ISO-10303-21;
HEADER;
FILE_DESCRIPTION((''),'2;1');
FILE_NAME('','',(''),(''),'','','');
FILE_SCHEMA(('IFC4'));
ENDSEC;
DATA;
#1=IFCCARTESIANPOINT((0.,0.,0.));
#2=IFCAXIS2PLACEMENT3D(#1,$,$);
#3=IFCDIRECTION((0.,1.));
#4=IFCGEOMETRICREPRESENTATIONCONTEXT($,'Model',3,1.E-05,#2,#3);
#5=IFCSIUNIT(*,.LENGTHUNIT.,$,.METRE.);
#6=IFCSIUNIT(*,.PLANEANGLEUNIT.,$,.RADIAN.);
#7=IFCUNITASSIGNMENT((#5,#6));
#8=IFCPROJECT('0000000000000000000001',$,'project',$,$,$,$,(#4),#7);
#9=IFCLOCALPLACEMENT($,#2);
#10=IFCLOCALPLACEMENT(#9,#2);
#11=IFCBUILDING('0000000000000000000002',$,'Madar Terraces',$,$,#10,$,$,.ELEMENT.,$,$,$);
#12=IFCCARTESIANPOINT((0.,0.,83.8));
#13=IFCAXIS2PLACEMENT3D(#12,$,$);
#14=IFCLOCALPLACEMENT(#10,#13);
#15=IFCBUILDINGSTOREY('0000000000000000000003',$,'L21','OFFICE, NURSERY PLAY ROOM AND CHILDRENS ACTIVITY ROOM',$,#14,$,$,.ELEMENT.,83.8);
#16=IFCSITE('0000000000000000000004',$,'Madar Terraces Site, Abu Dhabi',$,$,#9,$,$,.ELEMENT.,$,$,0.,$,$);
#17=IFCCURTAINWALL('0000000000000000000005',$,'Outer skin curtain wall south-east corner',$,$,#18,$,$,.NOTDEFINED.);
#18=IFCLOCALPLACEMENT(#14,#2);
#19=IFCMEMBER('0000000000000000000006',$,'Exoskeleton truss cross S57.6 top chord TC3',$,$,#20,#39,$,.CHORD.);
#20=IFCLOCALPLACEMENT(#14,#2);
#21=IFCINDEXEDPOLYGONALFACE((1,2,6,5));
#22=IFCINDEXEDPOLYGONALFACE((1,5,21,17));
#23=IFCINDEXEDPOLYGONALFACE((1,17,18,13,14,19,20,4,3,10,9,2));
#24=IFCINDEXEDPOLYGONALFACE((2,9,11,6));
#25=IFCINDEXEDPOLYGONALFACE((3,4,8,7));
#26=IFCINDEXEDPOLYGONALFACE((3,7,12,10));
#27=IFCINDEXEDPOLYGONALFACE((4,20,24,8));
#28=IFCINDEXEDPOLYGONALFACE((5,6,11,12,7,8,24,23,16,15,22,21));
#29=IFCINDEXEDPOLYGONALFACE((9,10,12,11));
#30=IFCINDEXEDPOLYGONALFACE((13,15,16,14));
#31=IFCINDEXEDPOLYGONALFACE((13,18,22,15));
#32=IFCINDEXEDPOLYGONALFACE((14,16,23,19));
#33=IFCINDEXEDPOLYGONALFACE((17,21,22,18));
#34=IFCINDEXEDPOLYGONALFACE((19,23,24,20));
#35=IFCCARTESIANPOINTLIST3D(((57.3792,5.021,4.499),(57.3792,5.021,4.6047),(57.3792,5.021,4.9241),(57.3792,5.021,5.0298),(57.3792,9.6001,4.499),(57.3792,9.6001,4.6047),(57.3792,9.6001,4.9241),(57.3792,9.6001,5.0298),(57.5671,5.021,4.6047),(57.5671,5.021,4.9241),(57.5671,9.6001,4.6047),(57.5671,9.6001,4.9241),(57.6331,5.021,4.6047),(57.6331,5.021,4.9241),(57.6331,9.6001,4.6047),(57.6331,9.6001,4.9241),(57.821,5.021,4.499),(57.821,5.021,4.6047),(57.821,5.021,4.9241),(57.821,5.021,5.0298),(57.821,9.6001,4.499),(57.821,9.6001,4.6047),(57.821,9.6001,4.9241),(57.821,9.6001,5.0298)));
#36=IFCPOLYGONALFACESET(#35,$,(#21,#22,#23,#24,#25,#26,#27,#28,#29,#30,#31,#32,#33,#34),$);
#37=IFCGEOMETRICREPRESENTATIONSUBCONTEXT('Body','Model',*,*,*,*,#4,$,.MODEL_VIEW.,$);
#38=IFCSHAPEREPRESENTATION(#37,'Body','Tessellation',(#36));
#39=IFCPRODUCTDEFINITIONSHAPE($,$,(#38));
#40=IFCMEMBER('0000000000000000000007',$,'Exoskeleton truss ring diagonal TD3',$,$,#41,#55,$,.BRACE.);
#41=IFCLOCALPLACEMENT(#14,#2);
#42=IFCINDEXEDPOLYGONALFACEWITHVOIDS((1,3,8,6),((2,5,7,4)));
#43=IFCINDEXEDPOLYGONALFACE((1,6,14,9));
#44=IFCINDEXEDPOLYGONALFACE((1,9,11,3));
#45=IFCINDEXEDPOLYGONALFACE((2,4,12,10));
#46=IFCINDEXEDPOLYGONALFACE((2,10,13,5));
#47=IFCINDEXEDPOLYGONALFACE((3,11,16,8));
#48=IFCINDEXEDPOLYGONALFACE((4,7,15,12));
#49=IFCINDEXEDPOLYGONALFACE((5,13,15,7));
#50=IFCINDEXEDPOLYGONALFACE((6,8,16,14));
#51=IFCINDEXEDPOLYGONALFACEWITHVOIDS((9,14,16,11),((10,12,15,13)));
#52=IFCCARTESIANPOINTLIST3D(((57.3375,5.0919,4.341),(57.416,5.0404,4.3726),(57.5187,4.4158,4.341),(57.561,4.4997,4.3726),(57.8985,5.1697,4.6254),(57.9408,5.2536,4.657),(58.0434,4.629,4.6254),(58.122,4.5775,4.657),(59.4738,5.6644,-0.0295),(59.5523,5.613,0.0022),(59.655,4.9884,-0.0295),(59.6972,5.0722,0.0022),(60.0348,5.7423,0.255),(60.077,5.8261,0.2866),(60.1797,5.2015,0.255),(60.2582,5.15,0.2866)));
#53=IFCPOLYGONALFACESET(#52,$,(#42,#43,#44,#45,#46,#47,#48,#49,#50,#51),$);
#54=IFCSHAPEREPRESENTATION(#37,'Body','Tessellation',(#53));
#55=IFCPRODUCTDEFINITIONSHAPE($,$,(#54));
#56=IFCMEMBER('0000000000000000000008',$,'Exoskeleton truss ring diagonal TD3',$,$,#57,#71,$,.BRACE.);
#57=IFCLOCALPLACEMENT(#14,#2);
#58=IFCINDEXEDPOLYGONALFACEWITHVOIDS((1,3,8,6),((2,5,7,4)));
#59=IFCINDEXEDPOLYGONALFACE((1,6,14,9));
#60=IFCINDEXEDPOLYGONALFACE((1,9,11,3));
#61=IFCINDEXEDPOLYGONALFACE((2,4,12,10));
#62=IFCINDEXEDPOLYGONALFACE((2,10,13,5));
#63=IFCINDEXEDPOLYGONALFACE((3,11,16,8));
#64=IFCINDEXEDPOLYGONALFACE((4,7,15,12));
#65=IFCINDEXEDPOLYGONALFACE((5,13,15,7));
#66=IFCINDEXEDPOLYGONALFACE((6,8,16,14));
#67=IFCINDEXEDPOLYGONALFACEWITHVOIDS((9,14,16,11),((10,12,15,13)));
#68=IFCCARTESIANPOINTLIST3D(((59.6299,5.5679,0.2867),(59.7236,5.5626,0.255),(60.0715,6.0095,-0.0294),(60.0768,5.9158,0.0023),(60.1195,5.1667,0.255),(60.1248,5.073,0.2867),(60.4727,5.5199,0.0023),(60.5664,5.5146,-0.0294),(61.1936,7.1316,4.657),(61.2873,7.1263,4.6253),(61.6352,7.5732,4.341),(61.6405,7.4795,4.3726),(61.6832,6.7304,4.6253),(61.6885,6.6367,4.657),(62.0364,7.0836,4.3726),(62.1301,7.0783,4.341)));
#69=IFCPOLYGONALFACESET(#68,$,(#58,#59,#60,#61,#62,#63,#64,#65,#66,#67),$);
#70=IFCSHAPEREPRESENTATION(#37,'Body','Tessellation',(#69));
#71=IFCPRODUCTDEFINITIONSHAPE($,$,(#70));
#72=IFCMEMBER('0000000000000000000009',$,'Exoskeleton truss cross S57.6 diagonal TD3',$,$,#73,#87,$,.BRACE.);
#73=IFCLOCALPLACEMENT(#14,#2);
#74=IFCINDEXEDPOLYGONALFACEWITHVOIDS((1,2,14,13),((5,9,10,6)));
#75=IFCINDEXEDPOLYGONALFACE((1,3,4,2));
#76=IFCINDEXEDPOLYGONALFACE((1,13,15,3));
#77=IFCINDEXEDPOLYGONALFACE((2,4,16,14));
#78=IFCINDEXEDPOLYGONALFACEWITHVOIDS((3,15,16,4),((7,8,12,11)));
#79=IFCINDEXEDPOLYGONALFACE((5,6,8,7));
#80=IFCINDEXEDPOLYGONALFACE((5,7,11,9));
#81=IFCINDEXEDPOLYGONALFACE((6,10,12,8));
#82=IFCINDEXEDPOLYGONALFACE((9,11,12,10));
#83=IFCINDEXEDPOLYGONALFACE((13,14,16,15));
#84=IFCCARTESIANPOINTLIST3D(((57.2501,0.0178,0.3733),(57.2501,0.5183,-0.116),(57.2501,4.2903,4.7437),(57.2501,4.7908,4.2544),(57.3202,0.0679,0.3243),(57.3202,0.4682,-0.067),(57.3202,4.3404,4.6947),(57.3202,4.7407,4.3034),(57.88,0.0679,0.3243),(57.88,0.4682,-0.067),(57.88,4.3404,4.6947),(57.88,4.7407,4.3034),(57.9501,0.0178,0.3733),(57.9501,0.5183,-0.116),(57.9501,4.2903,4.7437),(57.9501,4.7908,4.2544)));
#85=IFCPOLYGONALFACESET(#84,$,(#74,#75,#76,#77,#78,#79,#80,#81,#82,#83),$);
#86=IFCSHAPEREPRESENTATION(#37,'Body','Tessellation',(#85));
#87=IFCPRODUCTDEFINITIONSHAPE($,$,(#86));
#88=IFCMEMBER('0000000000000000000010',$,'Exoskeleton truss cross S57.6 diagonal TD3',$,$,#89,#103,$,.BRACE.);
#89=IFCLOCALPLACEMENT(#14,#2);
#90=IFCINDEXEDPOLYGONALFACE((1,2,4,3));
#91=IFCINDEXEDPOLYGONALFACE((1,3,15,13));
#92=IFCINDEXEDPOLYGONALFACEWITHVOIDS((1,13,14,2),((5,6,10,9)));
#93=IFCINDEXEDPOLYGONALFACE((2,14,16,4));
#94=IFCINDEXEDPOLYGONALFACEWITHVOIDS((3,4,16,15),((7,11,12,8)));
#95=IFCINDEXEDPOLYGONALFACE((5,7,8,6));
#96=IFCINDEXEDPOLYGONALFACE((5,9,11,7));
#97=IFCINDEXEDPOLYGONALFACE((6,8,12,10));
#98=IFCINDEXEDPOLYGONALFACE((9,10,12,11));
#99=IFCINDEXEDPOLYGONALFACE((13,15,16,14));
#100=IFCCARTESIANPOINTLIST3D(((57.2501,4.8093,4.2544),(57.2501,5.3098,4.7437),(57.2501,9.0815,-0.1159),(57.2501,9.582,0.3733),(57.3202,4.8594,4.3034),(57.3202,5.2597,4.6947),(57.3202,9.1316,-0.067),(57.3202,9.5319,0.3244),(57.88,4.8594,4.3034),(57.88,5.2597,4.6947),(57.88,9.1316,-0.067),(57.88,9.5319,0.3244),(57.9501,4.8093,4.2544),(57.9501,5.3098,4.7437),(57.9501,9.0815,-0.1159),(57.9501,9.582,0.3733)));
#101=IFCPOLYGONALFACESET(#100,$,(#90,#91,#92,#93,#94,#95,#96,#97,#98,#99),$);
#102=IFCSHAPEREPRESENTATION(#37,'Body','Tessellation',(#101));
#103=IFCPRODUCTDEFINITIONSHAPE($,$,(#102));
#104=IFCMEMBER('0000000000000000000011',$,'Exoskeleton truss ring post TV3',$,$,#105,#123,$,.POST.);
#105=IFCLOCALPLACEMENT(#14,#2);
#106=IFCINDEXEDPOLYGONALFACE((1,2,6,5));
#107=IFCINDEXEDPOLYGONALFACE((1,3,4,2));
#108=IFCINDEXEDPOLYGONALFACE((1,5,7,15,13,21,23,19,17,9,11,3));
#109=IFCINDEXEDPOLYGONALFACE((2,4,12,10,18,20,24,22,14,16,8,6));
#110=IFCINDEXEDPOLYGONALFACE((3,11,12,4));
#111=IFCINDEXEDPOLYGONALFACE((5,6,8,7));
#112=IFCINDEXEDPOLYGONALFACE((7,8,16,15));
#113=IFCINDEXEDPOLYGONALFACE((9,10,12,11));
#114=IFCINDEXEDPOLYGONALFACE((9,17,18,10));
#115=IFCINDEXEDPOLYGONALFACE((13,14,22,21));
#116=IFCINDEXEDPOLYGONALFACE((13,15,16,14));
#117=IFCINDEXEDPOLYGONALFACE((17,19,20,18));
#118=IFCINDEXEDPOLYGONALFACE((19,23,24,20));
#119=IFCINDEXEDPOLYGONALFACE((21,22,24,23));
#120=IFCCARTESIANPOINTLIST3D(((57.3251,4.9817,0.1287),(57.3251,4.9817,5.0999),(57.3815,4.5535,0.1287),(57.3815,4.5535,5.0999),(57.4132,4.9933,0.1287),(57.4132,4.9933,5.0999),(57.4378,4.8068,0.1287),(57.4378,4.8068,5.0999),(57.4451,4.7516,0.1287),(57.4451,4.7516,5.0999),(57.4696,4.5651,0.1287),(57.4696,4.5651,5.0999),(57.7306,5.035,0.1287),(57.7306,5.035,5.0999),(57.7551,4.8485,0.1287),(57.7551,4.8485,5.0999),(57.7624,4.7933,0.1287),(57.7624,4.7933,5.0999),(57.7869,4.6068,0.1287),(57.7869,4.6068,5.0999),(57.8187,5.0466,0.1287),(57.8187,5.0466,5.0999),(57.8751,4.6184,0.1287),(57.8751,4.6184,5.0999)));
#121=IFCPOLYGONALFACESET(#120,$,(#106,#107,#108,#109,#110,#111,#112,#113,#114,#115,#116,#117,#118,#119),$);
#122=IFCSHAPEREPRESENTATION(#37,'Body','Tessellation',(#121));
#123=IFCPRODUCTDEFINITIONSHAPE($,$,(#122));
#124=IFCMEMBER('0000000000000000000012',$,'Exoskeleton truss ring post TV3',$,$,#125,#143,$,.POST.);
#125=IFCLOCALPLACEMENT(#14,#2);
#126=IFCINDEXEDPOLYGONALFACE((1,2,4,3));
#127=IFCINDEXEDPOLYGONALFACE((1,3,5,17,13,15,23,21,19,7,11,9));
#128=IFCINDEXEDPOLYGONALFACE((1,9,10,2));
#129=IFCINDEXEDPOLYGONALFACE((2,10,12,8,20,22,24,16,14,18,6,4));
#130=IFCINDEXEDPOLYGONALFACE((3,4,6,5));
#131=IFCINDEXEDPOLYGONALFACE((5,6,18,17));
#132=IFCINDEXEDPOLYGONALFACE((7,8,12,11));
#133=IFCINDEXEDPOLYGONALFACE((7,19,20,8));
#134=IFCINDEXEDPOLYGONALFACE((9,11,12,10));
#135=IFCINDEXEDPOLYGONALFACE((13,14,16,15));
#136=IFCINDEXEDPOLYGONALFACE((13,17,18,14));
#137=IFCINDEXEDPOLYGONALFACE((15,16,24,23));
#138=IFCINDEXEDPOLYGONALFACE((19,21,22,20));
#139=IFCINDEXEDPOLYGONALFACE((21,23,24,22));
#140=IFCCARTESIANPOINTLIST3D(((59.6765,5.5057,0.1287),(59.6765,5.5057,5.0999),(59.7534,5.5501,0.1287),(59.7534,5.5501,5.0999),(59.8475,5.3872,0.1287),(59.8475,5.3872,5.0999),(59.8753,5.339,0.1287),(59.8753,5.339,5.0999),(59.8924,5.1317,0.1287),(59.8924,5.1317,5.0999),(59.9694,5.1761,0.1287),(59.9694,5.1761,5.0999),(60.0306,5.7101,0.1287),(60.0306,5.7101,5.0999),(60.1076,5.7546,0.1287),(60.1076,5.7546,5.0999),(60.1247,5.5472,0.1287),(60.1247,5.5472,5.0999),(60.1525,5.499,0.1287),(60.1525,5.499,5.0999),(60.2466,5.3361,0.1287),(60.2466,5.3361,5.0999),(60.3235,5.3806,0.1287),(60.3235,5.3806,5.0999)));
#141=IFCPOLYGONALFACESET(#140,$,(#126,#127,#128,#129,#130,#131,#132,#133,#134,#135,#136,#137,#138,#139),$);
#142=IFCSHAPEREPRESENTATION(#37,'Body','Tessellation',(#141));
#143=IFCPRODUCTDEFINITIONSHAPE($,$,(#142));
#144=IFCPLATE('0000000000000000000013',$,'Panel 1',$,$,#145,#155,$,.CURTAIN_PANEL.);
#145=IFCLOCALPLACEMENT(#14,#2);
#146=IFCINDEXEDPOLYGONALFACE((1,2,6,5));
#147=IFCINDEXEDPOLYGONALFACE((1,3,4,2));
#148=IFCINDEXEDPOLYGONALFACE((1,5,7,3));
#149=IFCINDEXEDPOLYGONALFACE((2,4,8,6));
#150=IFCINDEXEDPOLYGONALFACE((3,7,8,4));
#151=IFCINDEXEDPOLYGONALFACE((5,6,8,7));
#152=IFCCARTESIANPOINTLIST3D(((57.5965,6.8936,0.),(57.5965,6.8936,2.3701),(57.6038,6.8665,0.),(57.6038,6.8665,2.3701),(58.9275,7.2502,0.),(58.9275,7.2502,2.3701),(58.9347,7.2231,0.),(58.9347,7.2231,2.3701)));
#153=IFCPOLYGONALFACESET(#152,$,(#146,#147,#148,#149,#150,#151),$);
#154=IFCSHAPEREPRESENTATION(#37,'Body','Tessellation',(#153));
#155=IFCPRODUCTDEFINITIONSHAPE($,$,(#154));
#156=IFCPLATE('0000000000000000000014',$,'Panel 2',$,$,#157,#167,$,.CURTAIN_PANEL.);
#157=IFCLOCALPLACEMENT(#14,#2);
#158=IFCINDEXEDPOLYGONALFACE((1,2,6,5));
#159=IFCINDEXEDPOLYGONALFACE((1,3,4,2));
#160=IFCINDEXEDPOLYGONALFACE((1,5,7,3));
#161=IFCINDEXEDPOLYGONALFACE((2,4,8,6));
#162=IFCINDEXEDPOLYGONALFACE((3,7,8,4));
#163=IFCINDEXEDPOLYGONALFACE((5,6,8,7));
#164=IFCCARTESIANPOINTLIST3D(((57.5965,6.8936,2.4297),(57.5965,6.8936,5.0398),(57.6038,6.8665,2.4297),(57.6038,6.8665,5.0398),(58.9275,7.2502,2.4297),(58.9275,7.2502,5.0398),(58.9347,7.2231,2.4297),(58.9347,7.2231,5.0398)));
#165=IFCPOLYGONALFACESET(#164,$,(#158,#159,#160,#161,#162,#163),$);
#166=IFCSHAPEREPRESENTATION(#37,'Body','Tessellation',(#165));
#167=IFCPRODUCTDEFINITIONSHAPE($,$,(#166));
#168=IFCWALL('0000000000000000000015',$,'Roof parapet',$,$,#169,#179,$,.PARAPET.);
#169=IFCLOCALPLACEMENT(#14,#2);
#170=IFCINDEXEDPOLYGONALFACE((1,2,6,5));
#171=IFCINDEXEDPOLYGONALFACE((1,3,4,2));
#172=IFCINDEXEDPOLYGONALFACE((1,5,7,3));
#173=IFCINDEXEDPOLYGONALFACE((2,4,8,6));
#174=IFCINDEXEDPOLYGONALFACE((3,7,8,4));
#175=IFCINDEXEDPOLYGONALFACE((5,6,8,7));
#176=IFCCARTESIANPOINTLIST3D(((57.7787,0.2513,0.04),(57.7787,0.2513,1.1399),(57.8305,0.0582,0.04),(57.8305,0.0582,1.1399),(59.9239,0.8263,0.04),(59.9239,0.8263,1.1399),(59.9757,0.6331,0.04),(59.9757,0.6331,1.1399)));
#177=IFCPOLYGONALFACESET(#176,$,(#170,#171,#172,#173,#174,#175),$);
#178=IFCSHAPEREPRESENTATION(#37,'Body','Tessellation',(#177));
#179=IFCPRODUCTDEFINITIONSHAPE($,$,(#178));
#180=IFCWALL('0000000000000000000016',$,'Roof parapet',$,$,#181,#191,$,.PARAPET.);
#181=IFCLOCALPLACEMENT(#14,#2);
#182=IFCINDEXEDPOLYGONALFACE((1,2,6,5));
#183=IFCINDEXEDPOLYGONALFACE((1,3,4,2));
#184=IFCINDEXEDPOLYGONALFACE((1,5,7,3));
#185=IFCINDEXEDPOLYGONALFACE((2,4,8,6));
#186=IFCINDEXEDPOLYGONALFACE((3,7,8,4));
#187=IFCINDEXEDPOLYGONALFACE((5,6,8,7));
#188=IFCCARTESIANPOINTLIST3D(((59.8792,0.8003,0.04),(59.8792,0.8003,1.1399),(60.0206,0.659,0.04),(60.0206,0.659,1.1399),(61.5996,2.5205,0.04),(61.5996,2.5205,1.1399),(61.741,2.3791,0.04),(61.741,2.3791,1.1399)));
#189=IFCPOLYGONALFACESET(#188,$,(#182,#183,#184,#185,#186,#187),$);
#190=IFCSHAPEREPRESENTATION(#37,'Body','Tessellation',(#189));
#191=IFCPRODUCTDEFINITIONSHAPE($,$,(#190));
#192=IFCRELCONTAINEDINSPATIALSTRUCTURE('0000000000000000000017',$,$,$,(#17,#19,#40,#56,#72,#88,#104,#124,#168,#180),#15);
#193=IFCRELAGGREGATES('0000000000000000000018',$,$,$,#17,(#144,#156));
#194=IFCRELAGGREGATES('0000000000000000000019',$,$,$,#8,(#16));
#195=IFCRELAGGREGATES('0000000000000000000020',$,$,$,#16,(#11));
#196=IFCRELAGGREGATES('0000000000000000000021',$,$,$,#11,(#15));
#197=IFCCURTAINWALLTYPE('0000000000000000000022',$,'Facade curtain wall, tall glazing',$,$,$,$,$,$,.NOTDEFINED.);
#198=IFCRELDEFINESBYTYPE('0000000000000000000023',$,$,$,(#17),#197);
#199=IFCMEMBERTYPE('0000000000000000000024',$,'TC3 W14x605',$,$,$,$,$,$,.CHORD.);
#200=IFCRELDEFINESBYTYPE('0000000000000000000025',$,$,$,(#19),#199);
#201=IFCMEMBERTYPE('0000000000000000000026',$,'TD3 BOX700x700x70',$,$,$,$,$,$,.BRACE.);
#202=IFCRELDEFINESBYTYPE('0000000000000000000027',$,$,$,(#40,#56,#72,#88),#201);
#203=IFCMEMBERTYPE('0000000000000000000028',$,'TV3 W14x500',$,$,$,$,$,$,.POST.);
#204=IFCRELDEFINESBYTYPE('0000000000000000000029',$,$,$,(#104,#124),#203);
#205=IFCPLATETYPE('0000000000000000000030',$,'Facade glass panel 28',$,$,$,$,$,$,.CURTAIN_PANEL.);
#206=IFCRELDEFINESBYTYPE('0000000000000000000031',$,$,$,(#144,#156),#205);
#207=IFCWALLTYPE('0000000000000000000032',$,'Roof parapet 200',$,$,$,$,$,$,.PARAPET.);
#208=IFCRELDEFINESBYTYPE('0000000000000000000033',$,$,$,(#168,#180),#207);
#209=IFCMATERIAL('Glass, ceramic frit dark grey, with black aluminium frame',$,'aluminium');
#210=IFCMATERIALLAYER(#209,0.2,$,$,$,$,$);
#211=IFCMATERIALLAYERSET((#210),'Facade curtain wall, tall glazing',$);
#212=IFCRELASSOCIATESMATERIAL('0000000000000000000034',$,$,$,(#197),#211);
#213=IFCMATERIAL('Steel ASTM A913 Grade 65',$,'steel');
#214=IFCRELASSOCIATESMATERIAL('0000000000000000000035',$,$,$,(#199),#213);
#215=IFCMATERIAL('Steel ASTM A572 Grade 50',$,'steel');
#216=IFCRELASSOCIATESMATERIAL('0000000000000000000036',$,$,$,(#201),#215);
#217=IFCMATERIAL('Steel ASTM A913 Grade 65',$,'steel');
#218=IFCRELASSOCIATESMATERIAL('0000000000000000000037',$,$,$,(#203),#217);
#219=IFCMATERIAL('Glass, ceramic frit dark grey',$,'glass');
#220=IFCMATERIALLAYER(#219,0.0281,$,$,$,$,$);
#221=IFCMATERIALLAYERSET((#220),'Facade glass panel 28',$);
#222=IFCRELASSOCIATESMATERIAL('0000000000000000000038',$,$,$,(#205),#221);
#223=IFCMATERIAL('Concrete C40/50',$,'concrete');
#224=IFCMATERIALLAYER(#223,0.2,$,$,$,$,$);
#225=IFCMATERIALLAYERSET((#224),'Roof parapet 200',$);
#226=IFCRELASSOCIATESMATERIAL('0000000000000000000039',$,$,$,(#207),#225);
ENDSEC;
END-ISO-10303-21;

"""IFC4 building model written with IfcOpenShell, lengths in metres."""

from ifc_helpers import new_model, si_unit, direction, frame, frame_2d, origin, origin_2d, place, context, subcontext, project, spatial, rectangle, hollow_rectangle, i_section, extrude, material, layer, layer_set, material_profile, profile_set, type_object, element, aggregate, save


model = new_model("IFC4")

# Units and contexts
model_context = context("Model", 3, precision=1e-05, world=origin(), true_north=direction((0.0, 1.0)))
body_context = subcontext(model_context, "Body", "Model", "MODEL_VIEW")
ifc_project = project(units=[si_unit("LENGTHUNIT", "METRE"), si_unit("PLANEANGLEUNIT", "RADIAN")], contexts=[model_context])

# Site, building, storey
site_placement = place(None, origin())
site = spatial("IfcSite", under=ifc_project, at=site_placement, Name="Madar Terraces Site, Abu Dhabi", CompositionType="ELEMENT", RefElevation=0.0)
building_placement = place(site_placement, origin())
building = spatial("IfcBuilding", under=site, at=building_placement, Name="Madar Terraces", CompositionType="ELEMENT")
storey_placement = place(building_placement, frame((0.0, 0.0, 83.8)))
storey = spatial("IfcBuildingStorey", under=building, at=storey_placement, Name="L21", Description="OFFICE, NURSERY PLAY ROOM AND CHILDRENS ACTIVITY ROOM", CompositionType="ELEMENT", Elevation=83.8)

# Curtain wall
ifc_material_1 = material(Name="Glass, ceramic frit dark grey, with black aluminium frame", Category="aluminium")
ifc_layer_1 = layer(ifc_material_1, 0.2)
ifc_layer_set_1 = layer_set([ifc_layer_1], Name="Facade curtain wall, tall glazing")
curtain_wall_type = type_object("IfcCurtainWallType", Name="Facade curtain wall, tall glazing", PredefinedType="NOTDEFINED", material=ifc_layer_set_1)
curtain_wall_placement = place(storey_placement, origin())
curtain_wall = element("IfcCurtainWall", 1, at=curtain_wall_placement, inside=storey, type_object=curtain_wall_type, Name="Outer skin curtain wall south-east corner", PredefinedType="NOTDEFINED")

# Members
ifc_material_2 = material(Name="Steel ASTM A913 Grade 65", Category="steel")
ifc_material_profile_1 = material_profile(ifc_material_2, i_section(OverallWidth=0.4419, OverallDepth=0.5308, WebThickness=0.0659, FlangeThickness=0.1057, at=origin_2d()), Name="W14x605")
ifc_profile_set_1 = profile_set([ifc_material_profile_1], Name="Steel ASTM A913 Grade 65")
member_type_1 = type_object("IfcMemberType", Name="TC3 W14x605", PredefinedType="CHORD", material=ifc_profile_set_1)
member_1_placement = place(storey_placement, frame((57.6001, 5.021, 4.7644), z_axis=(0.0, 1.0, 0.0), x_axis=(-1.0, 0.0, 0.0)))
element("IfcMember", 2, at=member_1_placement, inside=storey, type_object=member_type_1, Name="Exoskeleton truss cross S57.6 top chord TC3", PredefinedType="CHORD", context=body_context, shape_type="SweptSolid", body=[
    extrude(i_section(OverallWidth=0.4419, OverallDepth=0.5308, WebThickness=0.0659, FlangeThickness=0.1057, at=origin_2d()), origin(), (0.0, 0.0, 1.0), 4.5791),
])
ifc_material_3 = material(Name="Steel ASTM A572 Grade 50", Category="steel")
ifc_material_profile_2 = material_profile(ifc_material_3, hollow_rectangle(XDim=0.7, YDim=0.7, WallThickness=0.0701, at=origin_2d()), Name="BOX700x700x70")
ifc_profile_set_2 = profile_set([ifc_material_profile_2], Name="Steel ASTM A572 Grade 50")
member_type_2 = type_object("IfcMemberType", Name="TD3 BOX700x700x70", PredefinedType="BRACE", material=ifc_profile_set_2)
member_2_placement = place(storey_placement, frame((57.7297, 4.8347, 4.499), z_axis=(0.436135, 0.116884, -0.892258), x_axis=(-0.258865, 0.965914, 0.0)))
element("IfcMember", 3, at=member_2_placement, inside=storey, type_object=member_type_2, Name="Exoskeleton truss ring diagonal TD3", PredefinedType="BRACE", context=body_context, shape_type="SweptSolid", body=[
    extrude(hollow_rectangle(XDim=0.7, YDim=0.7, WallThickness=0.0701, at=origin_2d()), origin(), (0.0, 0.0, 1.0), 4.8982),
])
member_3_placement = place(storey_placement, frame((60.0981, 5.5413, 0.1287), z_axis=(0.319256, 0.319256, 0.892273), x_axis=(-0.707107, 0.707107, 0.0)))
element("IfcMember", 4, at=member_3_placement, inside=storey, type_object=member_type_2, Name="Exoskeleton truss ring diagonal TD3", PredefinedType="BRACE", context=body_context, shape_type="SweptSolid", body=[
    extrude(hollow_rectangle(XDim=0.7, YDim=0.7, WallThickness=0.0701, at=origin_2d()), origin(), (0.0, 0.0, 1.0), 4.8979),
])
member_4_placement = place(storey_placement, frame((57.6001, 0.2681, 0.1287), z_axis=(0.0, 0.699052, 0.715071), x_axis=(-1.0, 0.0, 0.0)))
element("IfcMember", 5, at=member_4_placement, inside=storey, type_object=member_type_2, Name="Exoskeleton truss cross S57.6 diagonal TD3", PredefinedType="BRACE", context=body_context, shape_type="SweptSolid", body=[
    extrude(hollow_rectangle(XDim=0.7, YDim=0.7, WallThickness=0.0701, at=origin_2d()), origin(), (0.0, 0.0, 1.0), 6.1118),
])
member_5_placement = place(storey_placement, frame((57.6001, 5.0596, 4.499), z_axis=(0.0, 0.699032, -0.715091), x_axis=(-1.0, 0.0, 0.0)))
element("IfcMember", 6, at=member_5_placement, inside=storey, type_object=member_type_2, Name="Exoskeleton truss cross S57.6 diagonal TD3", PredefinedType="BRACE", context=body_context, shape_type="SweptSolid", body=[
    extrude(hollow_rectangle(XDim=0.7, YDim=0.7, WallThickness=0.0701, at=origin_2d()), origin(), (0.0, 0.0, 1.0), 6.1116),
])
ifc_material_4 = material(Name="Steel ASTM A913 Grade 65", Category="steel")
ifc_material_profile_3 = material_profile(ifc_material_4, i_section(OverallWidth=0.4319, OverallDepth=0.4978, WebThickness=0.0557, FlangeThickness=0.0889, at=origin_2d()), Name="W14x500")
ifc_profile_set_3 = profile_set([ifc_material_profile_3], Name="Steel ASTM A913 Grade 65")
member_type_3 = type_object("IfcMemberType", Name="TV3 W14x500", PredefinedType="POST", material=ifc_profile_set_3)
for number, where, z_axis, x_axis, name in (
    (7, (57.6001, 4.8, 0.1287), (0.0, 0.0, 1.0), (-0.130526, 0.991445, 0.0), "Exoskeleton truss ring post TV3"),
    (8, (60.0, 5.4431, 0.1287), (0.0, 0.0, 1.0), (-0.5, 0.866025, 0.0), "Exoskeleton truss ring post TV3"),
):
    element("IfcMember", number, at=place(storey_placement, frame(where, z_axis=z_axis, x_axis=x_axis)), inside=storey, type_object=member_type_3, Name=name, PredefinedType="POST", context=body_context, shape_type="SweptSolid", body=[
        extrude(i_section(OverallWidth=0.4319, OverallDepth=0.4978, WebThickness=0.0557, FlangeThickness=0.0889, at=origin_2d()), origin(), (0.0, 0.0, 1.0), 4.9712),
    ])

# Plates
ifc_material_5 = material(Name="Glass, ceramic frit dark grey", Category="glass")
ifc_layer_2 = layer(ifc_material_5, 0.0281)
ifc_layer_set_2 = layer_set([ifc_layer_2], Name="Facade glass panel 28")
plate_type = type_object("IfcPlateType", Name="Facade glass panel 28", PredefinedType="CURTAIN_PANEL", material=ifc_layer_set_2)
plate_1_placement = place(storey_placement, frame((58.2656, 7.0583, 0.0), z_axis=(0.0, 0.0, 1.0), x_axis=(0.965926, 0.258819, 0.0)))
plate_1 = element("IfcPlate", 9, at=plate_1_placement, type_object=plate_type, Name="Panel 1", PredefinedType="CURTAIN_PANEL", context=body_context, shape_type="SweptSolid", body=[
    extrude(rectangle(XDim=1.3779, YDim=0.0281, at=origin_2d()), origin(), (0.0, 0.0, 1.0), 2.3701),
])
plate_2_placement = place(storey_placement, frame((58.2656, 7.0583, 2.4297), z_axis=(0.0, 0.0, 1.0), x_axis=(0.965926, 0.258819, 0.0)))
plate_2 = element("IfcPlate", 10, at=plate_2_placement, type_object=plate_type, Name="Panel 2", PredefinedType="CURTAIN_PANEL", context=body_context, shape_type="SweptSolid", body=[
    extrude(rectangle(XDim=1.3779, YDim=0.0281, at=origin_2d()), origin(), (0.0, 0.0, 1.0), 2.6101),
])
aggregate(curtain_wall, [plate_1, plate_2])

# Walls
ifc_material_6 = material(Name="Concrete C40/50", Category="concrete")
ifc_layer_3 = layer(ifc_material_6, 0.2)
ifc_layer_set_3 = layer_set([ifc_layer_3], Name="Roof parapet 200")
wall_type = type_object("IfcWallType", Name="Roof parapet 200", PredefinedType="PARAPET", material=ifc_layer_set_3)
wall_1_placement = place(storey_placement, frame((57.8047, 0.1548, 0.04), z_axis=(0.0, 0.0, 1.0), x_axis=(0.965911, 0.258873, 0.0)))
element("IfcWall", 11, at=wall_1_placement, inside=storey, type_object=wall_type, Name="Roof parapet", PredefinedType="PARAPET", context=body_context, shape_type="SweptSolid", body=[
    extrude(rectangle(XDim=2.2209, YDim=0.2, at=frame_2d((1.1104, 0.0))), origin(), (0.0, 0.0, 1.0), 1.0999),
])
for number, where, z_axis, x_axis, name in (
    (12, (59.95, 0.7297, 0.04), (0.0, 0.0, 1.0), (0.707157, 0.707057, 0.0), "Roof parapet"),
):
    element("IfcWall", number, at=place(storey_placement, frame(where, z_axis=z_axis, x_axis=x_axis)), inside=storey, type_object=wall_type, Name=name, PredefinedType="PARAPET", context=body_context, shape_type="SweptSolid", body=[
        extrude(rectangle(XDim=2.4329, YDim=0.2, at=frame_2d((1.2163, 0.0))), origin(), (0.0, 0.0, 1.0), 1.0999),
    ])

save(model, "model.ifc")
